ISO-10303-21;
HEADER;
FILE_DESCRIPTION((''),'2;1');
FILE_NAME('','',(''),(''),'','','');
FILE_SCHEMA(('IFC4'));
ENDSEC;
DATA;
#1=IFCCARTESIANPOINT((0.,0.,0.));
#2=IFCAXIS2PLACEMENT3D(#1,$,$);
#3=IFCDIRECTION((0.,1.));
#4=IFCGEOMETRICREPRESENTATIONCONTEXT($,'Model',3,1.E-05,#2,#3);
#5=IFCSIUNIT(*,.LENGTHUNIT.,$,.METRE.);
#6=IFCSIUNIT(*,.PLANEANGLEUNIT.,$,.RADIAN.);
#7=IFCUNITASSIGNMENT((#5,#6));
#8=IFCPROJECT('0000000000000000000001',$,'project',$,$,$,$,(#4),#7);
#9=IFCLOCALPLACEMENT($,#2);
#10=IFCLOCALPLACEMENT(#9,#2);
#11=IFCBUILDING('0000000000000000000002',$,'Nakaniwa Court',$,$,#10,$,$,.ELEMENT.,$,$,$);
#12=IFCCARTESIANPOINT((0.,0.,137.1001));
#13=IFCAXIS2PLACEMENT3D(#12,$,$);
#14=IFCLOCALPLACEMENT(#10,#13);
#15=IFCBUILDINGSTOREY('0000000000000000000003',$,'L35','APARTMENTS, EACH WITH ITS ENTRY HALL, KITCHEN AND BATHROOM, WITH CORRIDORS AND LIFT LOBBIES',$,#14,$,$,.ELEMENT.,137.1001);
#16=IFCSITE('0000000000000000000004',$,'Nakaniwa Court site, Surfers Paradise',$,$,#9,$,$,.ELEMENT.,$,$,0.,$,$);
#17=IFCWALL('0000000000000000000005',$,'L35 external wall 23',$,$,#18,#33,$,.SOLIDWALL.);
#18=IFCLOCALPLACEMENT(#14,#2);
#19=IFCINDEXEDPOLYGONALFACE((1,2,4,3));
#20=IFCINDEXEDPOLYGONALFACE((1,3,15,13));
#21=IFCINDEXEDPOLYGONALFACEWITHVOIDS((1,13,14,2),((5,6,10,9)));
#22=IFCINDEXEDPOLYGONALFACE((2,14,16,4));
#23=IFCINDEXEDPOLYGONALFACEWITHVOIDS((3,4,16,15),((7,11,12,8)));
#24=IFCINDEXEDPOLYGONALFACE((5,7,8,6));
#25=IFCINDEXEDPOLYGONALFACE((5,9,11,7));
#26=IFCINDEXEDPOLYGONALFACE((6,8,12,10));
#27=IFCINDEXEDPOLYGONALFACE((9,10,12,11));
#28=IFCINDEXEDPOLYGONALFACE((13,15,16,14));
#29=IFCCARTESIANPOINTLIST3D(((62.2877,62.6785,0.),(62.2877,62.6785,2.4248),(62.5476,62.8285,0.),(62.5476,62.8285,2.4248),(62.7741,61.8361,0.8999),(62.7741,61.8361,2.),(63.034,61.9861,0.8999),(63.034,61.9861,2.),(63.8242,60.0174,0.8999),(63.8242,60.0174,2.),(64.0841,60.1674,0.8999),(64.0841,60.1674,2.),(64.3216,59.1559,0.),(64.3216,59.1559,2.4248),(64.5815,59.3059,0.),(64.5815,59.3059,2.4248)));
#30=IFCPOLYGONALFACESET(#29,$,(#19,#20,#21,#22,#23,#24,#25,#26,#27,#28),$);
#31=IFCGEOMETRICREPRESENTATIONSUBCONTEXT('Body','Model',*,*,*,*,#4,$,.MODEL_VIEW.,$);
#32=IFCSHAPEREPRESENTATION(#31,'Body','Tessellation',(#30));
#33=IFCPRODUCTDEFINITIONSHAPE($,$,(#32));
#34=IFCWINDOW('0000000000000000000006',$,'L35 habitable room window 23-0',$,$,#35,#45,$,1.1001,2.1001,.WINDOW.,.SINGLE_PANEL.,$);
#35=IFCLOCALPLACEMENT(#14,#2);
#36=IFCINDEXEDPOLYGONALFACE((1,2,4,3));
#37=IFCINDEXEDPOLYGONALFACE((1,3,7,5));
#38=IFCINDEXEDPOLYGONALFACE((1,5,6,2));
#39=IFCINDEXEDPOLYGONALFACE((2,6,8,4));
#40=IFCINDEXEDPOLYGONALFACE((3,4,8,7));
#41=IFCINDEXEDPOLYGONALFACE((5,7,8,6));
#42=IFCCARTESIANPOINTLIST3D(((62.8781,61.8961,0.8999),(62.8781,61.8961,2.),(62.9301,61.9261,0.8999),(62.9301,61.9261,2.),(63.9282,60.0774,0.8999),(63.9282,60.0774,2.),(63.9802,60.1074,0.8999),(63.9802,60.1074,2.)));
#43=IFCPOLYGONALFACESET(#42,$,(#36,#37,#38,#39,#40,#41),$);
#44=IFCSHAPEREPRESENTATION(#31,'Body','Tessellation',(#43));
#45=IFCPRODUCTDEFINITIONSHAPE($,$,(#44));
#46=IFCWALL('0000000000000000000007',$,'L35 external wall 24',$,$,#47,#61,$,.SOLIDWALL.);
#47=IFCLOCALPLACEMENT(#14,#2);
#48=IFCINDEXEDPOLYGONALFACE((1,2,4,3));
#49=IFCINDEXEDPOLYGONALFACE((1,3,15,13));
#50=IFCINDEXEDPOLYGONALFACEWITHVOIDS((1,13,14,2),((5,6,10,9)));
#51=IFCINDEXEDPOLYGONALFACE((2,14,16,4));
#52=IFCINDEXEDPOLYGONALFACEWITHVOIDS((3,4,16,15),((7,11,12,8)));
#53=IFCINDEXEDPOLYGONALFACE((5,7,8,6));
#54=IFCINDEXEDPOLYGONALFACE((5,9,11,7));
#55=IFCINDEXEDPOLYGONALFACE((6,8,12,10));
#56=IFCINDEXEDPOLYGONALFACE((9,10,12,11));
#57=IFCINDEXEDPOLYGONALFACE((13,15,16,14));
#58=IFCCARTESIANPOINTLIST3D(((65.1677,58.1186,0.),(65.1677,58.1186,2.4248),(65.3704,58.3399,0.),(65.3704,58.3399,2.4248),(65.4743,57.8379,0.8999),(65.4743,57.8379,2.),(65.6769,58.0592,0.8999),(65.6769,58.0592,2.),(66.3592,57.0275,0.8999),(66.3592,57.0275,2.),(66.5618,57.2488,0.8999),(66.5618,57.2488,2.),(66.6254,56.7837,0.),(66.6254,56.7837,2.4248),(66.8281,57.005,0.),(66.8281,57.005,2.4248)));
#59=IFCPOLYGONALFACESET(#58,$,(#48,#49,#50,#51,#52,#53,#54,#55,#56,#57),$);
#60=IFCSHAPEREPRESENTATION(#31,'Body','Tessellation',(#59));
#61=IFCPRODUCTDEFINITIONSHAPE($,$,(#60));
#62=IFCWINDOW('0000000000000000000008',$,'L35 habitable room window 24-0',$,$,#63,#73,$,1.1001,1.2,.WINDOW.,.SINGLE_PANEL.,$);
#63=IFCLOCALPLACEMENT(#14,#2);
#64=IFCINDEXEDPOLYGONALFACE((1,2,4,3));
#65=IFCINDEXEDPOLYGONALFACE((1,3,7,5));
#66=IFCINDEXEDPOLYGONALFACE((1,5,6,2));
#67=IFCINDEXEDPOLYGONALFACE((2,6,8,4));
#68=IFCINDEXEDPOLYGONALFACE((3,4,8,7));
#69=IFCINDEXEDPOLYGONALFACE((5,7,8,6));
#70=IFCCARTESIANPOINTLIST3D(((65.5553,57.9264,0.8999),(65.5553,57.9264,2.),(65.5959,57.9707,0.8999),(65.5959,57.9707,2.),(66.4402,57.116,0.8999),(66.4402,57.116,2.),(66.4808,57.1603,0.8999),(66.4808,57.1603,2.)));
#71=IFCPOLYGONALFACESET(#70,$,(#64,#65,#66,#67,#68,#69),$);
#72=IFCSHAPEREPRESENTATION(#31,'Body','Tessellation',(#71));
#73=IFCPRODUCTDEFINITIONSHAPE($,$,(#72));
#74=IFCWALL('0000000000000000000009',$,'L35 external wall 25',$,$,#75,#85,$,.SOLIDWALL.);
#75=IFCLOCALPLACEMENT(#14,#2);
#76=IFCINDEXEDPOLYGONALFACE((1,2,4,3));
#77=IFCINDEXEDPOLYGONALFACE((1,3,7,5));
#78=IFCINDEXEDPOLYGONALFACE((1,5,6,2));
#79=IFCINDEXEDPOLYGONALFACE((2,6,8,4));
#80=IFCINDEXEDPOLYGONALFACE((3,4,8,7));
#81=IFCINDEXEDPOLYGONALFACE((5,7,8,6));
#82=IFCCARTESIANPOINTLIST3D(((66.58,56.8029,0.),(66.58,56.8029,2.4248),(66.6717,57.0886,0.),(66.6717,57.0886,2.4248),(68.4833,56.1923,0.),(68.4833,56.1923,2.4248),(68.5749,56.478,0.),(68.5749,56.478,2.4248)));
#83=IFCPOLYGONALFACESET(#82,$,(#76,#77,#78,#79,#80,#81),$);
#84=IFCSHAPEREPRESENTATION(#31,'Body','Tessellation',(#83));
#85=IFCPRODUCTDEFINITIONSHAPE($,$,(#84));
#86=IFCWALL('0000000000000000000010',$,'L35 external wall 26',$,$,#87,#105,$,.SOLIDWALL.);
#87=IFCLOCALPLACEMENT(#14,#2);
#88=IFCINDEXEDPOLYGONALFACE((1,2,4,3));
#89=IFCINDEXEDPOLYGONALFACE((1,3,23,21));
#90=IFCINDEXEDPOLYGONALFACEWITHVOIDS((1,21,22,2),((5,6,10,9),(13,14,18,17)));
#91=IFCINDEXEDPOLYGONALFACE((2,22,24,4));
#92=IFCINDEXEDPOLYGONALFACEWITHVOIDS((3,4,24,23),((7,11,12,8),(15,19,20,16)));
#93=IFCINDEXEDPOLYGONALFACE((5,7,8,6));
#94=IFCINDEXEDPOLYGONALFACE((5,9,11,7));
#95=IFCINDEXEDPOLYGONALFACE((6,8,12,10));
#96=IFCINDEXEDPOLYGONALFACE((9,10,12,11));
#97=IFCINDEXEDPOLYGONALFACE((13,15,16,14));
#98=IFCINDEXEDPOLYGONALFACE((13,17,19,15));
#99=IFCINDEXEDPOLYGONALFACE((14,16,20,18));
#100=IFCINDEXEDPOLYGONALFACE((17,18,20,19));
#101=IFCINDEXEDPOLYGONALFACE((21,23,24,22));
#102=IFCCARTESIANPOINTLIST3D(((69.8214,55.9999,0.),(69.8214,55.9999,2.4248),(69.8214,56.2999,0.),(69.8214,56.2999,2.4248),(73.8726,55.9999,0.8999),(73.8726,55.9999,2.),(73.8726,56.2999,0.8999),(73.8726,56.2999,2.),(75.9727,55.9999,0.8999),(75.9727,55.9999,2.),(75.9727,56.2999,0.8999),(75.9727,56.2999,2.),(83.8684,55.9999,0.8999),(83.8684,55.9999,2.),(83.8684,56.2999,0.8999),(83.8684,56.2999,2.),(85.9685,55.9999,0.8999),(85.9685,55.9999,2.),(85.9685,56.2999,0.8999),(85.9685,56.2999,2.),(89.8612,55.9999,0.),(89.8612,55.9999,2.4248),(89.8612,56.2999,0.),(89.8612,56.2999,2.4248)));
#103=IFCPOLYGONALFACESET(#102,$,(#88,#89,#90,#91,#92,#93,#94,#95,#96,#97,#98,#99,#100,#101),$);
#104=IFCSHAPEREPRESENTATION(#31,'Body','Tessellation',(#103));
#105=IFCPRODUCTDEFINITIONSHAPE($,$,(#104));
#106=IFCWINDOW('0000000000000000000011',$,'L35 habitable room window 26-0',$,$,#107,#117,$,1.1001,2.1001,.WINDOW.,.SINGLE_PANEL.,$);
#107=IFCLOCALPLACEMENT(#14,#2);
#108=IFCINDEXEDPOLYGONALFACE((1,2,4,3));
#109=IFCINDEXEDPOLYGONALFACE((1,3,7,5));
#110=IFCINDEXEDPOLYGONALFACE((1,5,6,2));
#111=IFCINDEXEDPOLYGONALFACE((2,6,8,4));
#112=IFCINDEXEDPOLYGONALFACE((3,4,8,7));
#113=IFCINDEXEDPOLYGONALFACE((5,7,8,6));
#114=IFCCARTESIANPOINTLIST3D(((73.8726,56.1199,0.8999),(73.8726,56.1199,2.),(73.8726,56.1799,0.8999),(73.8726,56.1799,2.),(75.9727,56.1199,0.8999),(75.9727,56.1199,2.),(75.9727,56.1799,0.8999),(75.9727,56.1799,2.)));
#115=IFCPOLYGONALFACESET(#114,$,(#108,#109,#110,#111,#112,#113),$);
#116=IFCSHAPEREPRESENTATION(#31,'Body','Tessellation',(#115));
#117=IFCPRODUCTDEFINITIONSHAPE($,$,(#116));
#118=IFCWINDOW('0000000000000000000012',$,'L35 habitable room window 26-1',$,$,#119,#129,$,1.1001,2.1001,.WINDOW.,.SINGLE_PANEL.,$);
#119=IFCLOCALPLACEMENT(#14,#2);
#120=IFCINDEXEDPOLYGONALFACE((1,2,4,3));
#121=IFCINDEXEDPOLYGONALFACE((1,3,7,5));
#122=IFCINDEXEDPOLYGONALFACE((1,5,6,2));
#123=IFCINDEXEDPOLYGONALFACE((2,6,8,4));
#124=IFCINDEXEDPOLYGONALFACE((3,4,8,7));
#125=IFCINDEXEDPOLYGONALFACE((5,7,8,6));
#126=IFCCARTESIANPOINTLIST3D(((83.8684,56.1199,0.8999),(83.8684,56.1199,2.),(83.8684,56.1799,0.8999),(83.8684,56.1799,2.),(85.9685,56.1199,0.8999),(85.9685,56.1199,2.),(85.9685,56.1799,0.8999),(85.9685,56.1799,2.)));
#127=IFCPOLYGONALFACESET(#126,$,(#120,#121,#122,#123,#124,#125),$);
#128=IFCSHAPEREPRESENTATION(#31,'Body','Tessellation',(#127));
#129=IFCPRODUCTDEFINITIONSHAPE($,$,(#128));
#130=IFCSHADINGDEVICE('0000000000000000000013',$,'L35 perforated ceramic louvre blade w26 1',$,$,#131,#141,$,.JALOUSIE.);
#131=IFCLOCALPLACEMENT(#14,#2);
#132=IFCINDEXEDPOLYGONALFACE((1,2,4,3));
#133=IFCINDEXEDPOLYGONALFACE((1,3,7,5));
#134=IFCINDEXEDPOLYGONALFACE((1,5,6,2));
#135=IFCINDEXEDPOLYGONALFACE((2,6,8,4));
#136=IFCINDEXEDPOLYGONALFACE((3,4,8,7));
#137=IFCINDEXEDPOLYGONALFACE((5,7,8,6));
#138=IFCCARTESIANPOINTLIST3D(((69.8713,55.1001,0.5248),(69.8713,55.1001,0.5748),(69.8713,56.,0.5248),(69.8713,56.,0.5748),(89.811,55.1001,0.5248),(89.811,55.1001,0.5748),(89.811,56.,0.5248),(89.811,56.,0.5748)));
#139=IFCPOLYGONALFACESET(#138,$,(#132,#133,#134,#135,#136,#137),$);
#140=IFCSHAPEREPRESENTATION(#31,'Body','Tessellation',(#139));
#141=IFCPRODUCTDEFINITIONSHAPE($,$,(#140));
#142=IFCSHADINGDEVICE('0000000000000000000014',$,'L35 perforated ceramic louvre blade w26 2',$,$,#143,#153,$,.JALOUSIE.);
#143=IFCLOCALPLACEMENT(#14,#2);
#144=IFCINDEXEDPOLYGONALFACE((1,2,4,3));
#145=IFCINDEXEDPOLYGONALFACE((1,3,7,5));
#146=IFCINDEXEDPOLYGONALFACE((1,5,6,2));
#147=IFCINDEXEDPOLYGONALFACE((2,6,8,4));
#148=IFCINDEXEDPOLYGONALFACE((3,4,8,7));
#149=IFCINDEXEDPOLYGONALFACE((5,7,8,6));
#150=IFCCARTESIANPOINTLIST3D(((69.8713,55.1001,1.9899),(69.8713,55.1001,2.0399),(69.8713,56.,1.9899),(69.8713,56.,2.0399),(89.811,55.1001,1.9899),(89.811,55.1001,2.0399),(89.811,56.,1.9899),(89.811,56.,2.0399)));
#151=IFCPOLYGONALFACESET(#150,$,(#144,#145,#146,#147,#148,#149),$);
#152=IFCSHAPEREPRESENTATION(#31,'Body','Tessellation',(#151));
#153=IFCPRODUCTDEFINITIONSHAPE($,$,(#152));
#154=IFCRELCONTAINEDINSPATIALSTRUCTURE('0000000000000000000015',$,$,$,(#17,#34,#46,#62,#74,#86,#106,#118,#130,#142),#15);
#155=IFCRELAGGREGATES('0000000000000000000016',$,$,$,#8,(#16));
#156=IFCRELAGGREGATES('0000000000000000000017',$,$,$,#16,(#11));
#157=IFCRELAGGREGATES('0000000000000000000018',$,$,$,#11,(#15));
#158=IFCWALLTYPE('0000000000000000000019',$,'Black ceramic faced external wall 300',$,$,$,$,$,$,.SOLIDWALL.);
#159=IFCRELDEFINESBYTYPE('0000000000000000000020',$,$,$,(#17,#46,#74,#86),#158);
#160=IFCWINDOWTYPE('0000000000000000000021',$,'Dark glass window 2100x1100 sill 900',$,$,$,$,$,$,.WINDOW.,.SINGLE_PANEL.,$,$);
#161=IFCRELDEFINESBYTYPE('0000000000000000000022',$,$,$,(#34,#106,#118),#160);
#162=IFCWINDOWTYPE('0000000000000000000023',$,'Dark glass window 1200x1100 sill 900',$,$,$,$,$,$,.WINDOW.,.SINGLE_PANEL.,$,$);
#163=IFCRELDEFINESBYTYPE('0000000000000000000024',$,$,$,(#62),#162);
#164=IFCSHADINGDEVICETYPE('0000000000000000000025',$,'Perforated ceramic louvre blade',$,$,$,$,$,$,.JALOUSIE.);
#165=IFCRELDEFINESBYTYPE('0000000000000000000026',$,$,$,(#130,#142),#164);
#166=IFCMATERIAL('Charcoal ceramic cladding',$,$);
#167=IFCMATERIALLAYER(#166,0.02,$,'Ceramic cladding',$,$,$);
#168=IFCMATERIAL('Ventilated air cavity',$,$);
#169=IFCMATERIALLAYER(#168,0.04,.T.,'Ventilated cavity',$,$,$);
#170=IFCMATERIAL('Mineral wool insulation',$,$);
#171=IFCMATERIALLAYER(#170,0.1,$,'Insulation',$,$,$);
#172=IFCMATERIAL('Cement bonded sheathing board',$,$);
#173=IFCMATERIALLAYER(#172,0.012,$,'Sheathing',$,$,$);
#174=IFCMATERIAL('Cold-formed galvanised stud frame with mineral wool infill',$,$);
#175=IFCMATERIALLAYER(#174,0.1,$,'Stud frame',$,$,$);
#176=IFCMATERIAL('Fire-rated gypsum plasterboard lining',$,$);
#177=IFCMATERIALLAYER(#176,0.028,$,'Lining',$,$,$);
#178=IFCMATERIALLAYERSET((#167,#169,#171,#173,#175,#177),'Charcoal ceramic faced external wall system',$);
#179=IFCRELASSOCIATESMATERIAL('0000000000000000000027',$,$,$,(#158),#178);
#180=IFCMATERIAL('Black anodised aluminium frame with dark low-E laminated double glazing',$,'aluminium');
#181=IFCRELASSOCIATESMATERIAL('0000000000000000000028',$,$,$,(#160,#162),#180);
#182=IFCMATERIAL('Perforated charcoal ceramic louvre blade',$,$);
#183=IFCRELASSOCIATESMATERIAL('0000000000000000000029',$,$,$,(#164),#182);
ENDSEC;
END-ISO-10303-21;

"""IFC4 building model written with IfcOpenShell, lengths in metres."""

from ifc_helpers import new_model, si_unit, direction, frame, frame_2d, origin, origin_2d, place, context, subcontext, project, spatial, rectangle, extrude, material, layer, layer_set, material_profile, profile_set, type_object, element, fill, save


model = new_model("IFC4")

# Units and contexts
model_context = context("Model", 3, precision=1e-05, world=origin(), true_north=direction((0.0, 1.0)))
body_context = subcontext(model_context, "Body", "Model", "MODEL_VIEW")
ifc_project = project(units=[si_unit("LENGTHUNIT", "METRE"), si_unit("PLANEANGLEUNIT", "RADIAN")], contexts=[model_context])

# Site, building, storey
site_placement = place(None, origin())
site = spatial("IfcSite", under=ifc_project, at=site_placement, Name="Nakaniwa Court site, Surfers Paradise", CompositionType="ELEMENT", RefElevation=0.0)
building_placement = place(site_placement, origin())
building = spatial("IfcBuilding", under=site, at=building_placement, Name="Nakaniwa Court", CompositionType="ELEMENT")
storey_placement = place(building_placement, frame((0.0, 0.0, 137.1001)))
storey = spatial("IfcBuildingStorey", under=building, at=storey_placement, Name="L35", Description="APARTMENTS, EACH WITH ITS ENTRY HALL, KITCHEN AND BATHROOM, WITH CORRIDORS AND LIFT LOBBIES", CompositionType="ELEMENT", Elevation=137.1001)

# Walls, openings, windows
ifc_material_1 = material(Name="Charcoal ceramic cladding")
ifc_layer_1 = layer(ifc_material_1, 0.02, Name="Ceramic cladding")
ifc_material_2 = material(Name="Ventilated air cavity")
ifc_layer_2 = layer(ifc_material_2, 0.04, ventilated=True, Name="Ventilated cavity")
ifc_material_3 = material(Name="Mineral wool insulation")
ifc_layer_3 = layer(ifc_material_3, 0.1, Name="Insulation")
ifc_material_4 = material(Name="Cement bonded sheathing board")
ifc_layer_4 = layer(ifc_material_4, 0.012, Name="Sheathing")
ifc_material_5 = material(Name="Cold-formed galvanised stud frame with mineral wool infill")
ifc_layer_5 = layer(ifc_material_5, 0.1, Name="Stud frame")
ifc_material_6 = material(Name="Fire-rated gypsum plasterboard lining")
ifc_layer_6 = layer(ifc_material_6, 0.028, Name="Lining")
ifc_layer_set_1 = layer_set([ifc_layer_1, ifc_layer_2, ifc_layer_3, ifc_layer_4, ifc_layer_5, ifc_layer_6], Name="Charcoal ceramic faced external wall system")
wall_type_1 = type_object("IfcWallType", Name="Black ceramic faced external wall 300", PredefinedType="SOLIDWALL", material=ifc_layer_set_1)
wall_1_placement = place(storey_placement, frame((62.4177, 62.7534, 0.0), z_axis=(0.0, 0.0, 1.0), x_axis=(0.500019, -0.866015, 0.0)))
wall_1 = element("IfcWall", 1, at=wall_1_placement, inside=storey, type_object=wall_type_1, Name="L35 external wall 23", PredefinedType="SOLIDWALL", context=body_context, shape_type="SweptSolid", body=[
    extrude(rectangle(XDim=4.0676, YDim=0.3, at=frame_2d((2.0337, 0.0))), origin(), (0.0, 0.0, 1.0), 2.4248),
])
opening_1_placement = place(wall_1_placement, frame((0.9727, 0.0, 0.8999)))
opening_1 = element("IfcOpeningElement", 2, at=opening_1_placement, cuts=wall_1, PredefinedType="OPENING", context=body_context, shape_type="SweptSolid", body=[
    extrude(rectangle(XDim=2.1001, YDim=1.1001, at=frame_2d((1.05, 0.55))), frame((0.0, 0.1599, 0.0), z_axis=(0.0, -1.0, 0.0), x_axis=(1.0, 0.0, 0.0)), (0.0, 0.0, 1.0), 0.3201),
])
ifc_material_7 = material(Name="Black anodised aluminium frame with dark low-E laminated double glazing", Category="aluminium")
window_type_1 = type_object("IfcWindowType", Name="Dark glass window 2100x1100 sill 900", PartitioningType="SINGLE_PANEL", PredefinedType="WINDOW", material=ifc_material_7)
window_1_placement = place(opening_1_placement, origin())
window_1 = element("IfcWindow", 3, at=window_1_placement, inside=storey, type_object=window_type_1, Name="L35 habitable room window 23-0", OverallHeight=1.1001, OverallWidth=2.1001, PartitioningType="SINGLE_PANEL", PredefinedType="WINDOW", context=body_context, shape_type="SweptSolid", body=[
    extrude(rectangle(XDim=2.1001, YDim=1.1001, at=frame_2d((1.05, 0.55))), frame((0.0, 0.03, 0.0), z_axis=(0.0, -1.0, 0.0), x_axis=(1.0, 0.0, 0.0)), (0.0, 0.0, 1.0), 0.0601),
])
fill(opening_1, window_1)
wall_2_placement = place(storey_placement, frame((65.269, 58.2292, 0.0), z_axis=(0.0, 0.0, 1.0), x_axis=(0.737487, -0.675361, 0.0)))
wall_2 = element("IfcWall", 4, at=wall_2_placement, inside=storey, type_object=wall_type_1, Name="L35 external wall 24", PredefinedType="SOLIDWALL", context=body_context, shape_type="SweptSolid", body=[
    extrude(rectangle(XDim=1.9766, YDim=0.3, at=frame_2d((0.9883, 0.0))), origin(), (0.0, 0.0, 1.0), 2.4248),
])
opening_2_placement = place(wall_2_placement, frame((0.4155, 0.0, 0.8999)))
opening_2 = element("IfcOpeningElement", 5, at=opening_2_placement, cuts=wall_2, PredefinedType="OPENING", context=body_context, shape_type="SweptSolid", body=[
    extrude(rectangle(XDim=1.2, YDim=1.1001, at=frame_2d((0.6001, 0.55))), frame((0.0, 0.1599, 0.0), z_axis=(0.0, -1.0, 0.0), x_axis=(1.0, 0.0, 0.0)), (0.0, 0.0, 1.0), 0.3201),
])
window_type_2 = type_object("IfcWindowType", Name="Dark glass window 1200x1100 sill 900", PartitioningType="SINGLE_PANEL", PredefinedType="WINDOW", material=ifc_material_7)
window_2_placement = place(opening_2_placement, origin())
window_2 = element("IfcWindow", 6, at=window_2_placement, inside=storey, type_object=window_type_2, Name="L35 habitable room window 24-0", OverallHeight=1.1001, OverallWidth=1.2, PartitioningType="SINGLE_PANEL", PredefinedType="WINDOW", context=body_context, shape_type="SweptSolid", body=[
    extrude(rectangle(XDim=1.2, YDim=1.1001, at=frame_2d((0.6001, 0.55))), frame((0.0, 0.03, 0.0), z_axis=(0.0, -1.0, 0.0), x_axis=(1.0, 0.0, 0.0)), (0.0, 0.0, 1.0), 0.0601),
])
fill(opening_2, window_2)

# Wall
wall_3_placement = place(storey_placement, frame((66.6257, 56.9458, 0.0), z_axis=(0.0, 0.0, 1.0), x_axis=(0.952201, -0.305471, 0.0)))
element("IfcWall", 7, at=wall_3_placement, inside=storey, type_object=wall_type_1, Name="L35 external wall 25", PredefinedType="SOLIDWALL", context=body_context, shape_type="SweptSolid", body=[
    extrude(rectangle(XDim=1.9988, YDim=0.3, at=frame_2d((0.9995, 0.0))), origin(), (0.0, 0.0, 1.0), 2.4248),
])

# Wall, openings, windows
wall_4_placement = place(storey_placement, frame((69.8213, 56.1499, 0.0), z_axis=(0.0, 0.0, 1.0), x_axis=(1.0, 0.0, 0.0)))
wall_4 = element("IfcWall", 8, at=wall_4_placement, inside=storey, type_object=wall_type_1, Name="L35 external wall 26", PredefinedType="SOLIDWALL", context=body_context, shape_type="SweptSolid", body=[
    extrude(rectangle(XDim=20.0398, YDim=0.3, at=frame_2d((10.02, 0.0))), origin(), (0.0, 0.0, 1.0), 2.4248),
])
opening_3_placement = place(wall_4_placement, frame((4.0513, 0.0, 0.8999)))
opening_3 = element("IfcOpeningElement", 9, at=opening_3_placement, cuts=wall_4, PredefinedType="OPENING", context=body_context, shape_type="SweptSolid", body=[
    extrude(rectangle(XDim=2.1001, YDim=1.1001, at=frame_2d((1.05, 0.55))), frame((0.0, 0.1599, 0.0), z_axis=(0.0, -1.0, 0.0), x_axis=(1.0, 0.0, 0.0)), (0.0, 0.0, 1.0), 0.3201),
])
opening_4_placement = place(wall_4_placement, frame((14.0471, 0.0, 0.8999)))
opening_4 = element("IfcOpeningElement", 10, at=opening_4_placement, cuts=wall_4, PredefinedType="OPENING", context=body_context, shape_type="SweptSolid", body=[
    extrude(rectangle(XDim=2.1001, YDim=1.1001, at=frame_2d((1.05, 0.55))), frame((0.0, 0.1599, 0.0), z_axis=(0.0, -1.0, 0.0), x_axis=(1.0, 0.0, 0.0)), (0.0, 0.0, 1.0), 0.3201),
])
window_3_placement = place(opening_3_placement, origin())
window_3 = element("IfcWindow", 11, at=window_3_placement, inside=storey, type_object=window_type_1, Name="L35 habitable room window 26-0", OverallHeight=1.1001, OverallWidth=2.1001, PartitioningType="SINGLE_PANEL", PredefinedType="WINDOW", context=body_context, shape_type="SweptSolid", body=[
    extrude(rectangle(XDim=2.1001, YDim=1.1001, at=frame_2d((1.05, 0.55))), frame((0.0, 0.03, 0.0), z_axis=(0.0, -1.0, 0.0), x_axis=(1.0, 0.0, 0.0)), (0.0, 0.0, 1.0), 0.0601),
])
fill(opening_3, window_3)
window_4_placement = place(opening_4_placement, origin())
window_4 = element("IfcWindow", 12, at=window_4_placement, inside=storey, type_object=window_type_1, Name="L35 habitable room window 26-1", OverallHeight=1.1001, OverallWidth=2.1001, PartitioningType="SINGLE_PANEL", PredefinedType="WINDOW", context=body_context, shape_type="SweptSolid", body=[
    extrude(rectangle(XDim=2.1001, YDim=1.1001, at=frame_2d((1.05, 0.55))), frame((0.0, 0.03, 0.0), z_axis=(0.0, -1.0, 0.0), x_axis=(1.0, 0.0, 0.0)), (0.0, 0.0, 1.0), 0.0601),
])
fill(opening_4, window_4)

# Shading devices
ifc_material_8 = material(Name="Perforated charcoal ceramic louvre blade")
ifc_material_profile_1 = material_profile(ifc_material_8, rectangle(XDim=0.8999, YDim=0.05, at=origin_2d()), Name="Perforated ceramic louvre blade")
ifc_profile_set_1 = profile_set([ifc_material_profile_1], Name="Perforated charcoal ceramic louvre blade")
shading_device_type = type_object("IfcShadingDeviceType", Name="Perforated ceramic louvre blade", PredefinedType="JALOUSIE", material=ifc_profile_set_1)
for number, where, z_axis, x_axis, name in (
    (13, (69.8713, 55.55, 0.5498), (1.0, 0.0, 0.0), (0.0, 1.0, 0.0), "L35 perforated ceramic louvre blade w26 1"),
    (14, (69.8713, 55.55, 2.0149), (1.0, 0.0, 0.0), (0.0, 1.0, 0.0), "L35 perforated ceramic louvre blade w26 2"),
):
    element("IfcShadingDevice", number, at=place(storey_placement, frame(where, z_axis=z_axis, x_axis=x_axis)), inside=storey, type_object=shading_device_type, Name=name, PredefinedType="JALOUSIE", context=body_context, shape_type="SweptSolid", body=[
        extrude(rectangle(XDim=0.8999, YDim=0.05, at=origin_2d()), origin(), (0.0, 0.0, 1.0), 19.9397),
    ])

save(model, "model.ifc")
